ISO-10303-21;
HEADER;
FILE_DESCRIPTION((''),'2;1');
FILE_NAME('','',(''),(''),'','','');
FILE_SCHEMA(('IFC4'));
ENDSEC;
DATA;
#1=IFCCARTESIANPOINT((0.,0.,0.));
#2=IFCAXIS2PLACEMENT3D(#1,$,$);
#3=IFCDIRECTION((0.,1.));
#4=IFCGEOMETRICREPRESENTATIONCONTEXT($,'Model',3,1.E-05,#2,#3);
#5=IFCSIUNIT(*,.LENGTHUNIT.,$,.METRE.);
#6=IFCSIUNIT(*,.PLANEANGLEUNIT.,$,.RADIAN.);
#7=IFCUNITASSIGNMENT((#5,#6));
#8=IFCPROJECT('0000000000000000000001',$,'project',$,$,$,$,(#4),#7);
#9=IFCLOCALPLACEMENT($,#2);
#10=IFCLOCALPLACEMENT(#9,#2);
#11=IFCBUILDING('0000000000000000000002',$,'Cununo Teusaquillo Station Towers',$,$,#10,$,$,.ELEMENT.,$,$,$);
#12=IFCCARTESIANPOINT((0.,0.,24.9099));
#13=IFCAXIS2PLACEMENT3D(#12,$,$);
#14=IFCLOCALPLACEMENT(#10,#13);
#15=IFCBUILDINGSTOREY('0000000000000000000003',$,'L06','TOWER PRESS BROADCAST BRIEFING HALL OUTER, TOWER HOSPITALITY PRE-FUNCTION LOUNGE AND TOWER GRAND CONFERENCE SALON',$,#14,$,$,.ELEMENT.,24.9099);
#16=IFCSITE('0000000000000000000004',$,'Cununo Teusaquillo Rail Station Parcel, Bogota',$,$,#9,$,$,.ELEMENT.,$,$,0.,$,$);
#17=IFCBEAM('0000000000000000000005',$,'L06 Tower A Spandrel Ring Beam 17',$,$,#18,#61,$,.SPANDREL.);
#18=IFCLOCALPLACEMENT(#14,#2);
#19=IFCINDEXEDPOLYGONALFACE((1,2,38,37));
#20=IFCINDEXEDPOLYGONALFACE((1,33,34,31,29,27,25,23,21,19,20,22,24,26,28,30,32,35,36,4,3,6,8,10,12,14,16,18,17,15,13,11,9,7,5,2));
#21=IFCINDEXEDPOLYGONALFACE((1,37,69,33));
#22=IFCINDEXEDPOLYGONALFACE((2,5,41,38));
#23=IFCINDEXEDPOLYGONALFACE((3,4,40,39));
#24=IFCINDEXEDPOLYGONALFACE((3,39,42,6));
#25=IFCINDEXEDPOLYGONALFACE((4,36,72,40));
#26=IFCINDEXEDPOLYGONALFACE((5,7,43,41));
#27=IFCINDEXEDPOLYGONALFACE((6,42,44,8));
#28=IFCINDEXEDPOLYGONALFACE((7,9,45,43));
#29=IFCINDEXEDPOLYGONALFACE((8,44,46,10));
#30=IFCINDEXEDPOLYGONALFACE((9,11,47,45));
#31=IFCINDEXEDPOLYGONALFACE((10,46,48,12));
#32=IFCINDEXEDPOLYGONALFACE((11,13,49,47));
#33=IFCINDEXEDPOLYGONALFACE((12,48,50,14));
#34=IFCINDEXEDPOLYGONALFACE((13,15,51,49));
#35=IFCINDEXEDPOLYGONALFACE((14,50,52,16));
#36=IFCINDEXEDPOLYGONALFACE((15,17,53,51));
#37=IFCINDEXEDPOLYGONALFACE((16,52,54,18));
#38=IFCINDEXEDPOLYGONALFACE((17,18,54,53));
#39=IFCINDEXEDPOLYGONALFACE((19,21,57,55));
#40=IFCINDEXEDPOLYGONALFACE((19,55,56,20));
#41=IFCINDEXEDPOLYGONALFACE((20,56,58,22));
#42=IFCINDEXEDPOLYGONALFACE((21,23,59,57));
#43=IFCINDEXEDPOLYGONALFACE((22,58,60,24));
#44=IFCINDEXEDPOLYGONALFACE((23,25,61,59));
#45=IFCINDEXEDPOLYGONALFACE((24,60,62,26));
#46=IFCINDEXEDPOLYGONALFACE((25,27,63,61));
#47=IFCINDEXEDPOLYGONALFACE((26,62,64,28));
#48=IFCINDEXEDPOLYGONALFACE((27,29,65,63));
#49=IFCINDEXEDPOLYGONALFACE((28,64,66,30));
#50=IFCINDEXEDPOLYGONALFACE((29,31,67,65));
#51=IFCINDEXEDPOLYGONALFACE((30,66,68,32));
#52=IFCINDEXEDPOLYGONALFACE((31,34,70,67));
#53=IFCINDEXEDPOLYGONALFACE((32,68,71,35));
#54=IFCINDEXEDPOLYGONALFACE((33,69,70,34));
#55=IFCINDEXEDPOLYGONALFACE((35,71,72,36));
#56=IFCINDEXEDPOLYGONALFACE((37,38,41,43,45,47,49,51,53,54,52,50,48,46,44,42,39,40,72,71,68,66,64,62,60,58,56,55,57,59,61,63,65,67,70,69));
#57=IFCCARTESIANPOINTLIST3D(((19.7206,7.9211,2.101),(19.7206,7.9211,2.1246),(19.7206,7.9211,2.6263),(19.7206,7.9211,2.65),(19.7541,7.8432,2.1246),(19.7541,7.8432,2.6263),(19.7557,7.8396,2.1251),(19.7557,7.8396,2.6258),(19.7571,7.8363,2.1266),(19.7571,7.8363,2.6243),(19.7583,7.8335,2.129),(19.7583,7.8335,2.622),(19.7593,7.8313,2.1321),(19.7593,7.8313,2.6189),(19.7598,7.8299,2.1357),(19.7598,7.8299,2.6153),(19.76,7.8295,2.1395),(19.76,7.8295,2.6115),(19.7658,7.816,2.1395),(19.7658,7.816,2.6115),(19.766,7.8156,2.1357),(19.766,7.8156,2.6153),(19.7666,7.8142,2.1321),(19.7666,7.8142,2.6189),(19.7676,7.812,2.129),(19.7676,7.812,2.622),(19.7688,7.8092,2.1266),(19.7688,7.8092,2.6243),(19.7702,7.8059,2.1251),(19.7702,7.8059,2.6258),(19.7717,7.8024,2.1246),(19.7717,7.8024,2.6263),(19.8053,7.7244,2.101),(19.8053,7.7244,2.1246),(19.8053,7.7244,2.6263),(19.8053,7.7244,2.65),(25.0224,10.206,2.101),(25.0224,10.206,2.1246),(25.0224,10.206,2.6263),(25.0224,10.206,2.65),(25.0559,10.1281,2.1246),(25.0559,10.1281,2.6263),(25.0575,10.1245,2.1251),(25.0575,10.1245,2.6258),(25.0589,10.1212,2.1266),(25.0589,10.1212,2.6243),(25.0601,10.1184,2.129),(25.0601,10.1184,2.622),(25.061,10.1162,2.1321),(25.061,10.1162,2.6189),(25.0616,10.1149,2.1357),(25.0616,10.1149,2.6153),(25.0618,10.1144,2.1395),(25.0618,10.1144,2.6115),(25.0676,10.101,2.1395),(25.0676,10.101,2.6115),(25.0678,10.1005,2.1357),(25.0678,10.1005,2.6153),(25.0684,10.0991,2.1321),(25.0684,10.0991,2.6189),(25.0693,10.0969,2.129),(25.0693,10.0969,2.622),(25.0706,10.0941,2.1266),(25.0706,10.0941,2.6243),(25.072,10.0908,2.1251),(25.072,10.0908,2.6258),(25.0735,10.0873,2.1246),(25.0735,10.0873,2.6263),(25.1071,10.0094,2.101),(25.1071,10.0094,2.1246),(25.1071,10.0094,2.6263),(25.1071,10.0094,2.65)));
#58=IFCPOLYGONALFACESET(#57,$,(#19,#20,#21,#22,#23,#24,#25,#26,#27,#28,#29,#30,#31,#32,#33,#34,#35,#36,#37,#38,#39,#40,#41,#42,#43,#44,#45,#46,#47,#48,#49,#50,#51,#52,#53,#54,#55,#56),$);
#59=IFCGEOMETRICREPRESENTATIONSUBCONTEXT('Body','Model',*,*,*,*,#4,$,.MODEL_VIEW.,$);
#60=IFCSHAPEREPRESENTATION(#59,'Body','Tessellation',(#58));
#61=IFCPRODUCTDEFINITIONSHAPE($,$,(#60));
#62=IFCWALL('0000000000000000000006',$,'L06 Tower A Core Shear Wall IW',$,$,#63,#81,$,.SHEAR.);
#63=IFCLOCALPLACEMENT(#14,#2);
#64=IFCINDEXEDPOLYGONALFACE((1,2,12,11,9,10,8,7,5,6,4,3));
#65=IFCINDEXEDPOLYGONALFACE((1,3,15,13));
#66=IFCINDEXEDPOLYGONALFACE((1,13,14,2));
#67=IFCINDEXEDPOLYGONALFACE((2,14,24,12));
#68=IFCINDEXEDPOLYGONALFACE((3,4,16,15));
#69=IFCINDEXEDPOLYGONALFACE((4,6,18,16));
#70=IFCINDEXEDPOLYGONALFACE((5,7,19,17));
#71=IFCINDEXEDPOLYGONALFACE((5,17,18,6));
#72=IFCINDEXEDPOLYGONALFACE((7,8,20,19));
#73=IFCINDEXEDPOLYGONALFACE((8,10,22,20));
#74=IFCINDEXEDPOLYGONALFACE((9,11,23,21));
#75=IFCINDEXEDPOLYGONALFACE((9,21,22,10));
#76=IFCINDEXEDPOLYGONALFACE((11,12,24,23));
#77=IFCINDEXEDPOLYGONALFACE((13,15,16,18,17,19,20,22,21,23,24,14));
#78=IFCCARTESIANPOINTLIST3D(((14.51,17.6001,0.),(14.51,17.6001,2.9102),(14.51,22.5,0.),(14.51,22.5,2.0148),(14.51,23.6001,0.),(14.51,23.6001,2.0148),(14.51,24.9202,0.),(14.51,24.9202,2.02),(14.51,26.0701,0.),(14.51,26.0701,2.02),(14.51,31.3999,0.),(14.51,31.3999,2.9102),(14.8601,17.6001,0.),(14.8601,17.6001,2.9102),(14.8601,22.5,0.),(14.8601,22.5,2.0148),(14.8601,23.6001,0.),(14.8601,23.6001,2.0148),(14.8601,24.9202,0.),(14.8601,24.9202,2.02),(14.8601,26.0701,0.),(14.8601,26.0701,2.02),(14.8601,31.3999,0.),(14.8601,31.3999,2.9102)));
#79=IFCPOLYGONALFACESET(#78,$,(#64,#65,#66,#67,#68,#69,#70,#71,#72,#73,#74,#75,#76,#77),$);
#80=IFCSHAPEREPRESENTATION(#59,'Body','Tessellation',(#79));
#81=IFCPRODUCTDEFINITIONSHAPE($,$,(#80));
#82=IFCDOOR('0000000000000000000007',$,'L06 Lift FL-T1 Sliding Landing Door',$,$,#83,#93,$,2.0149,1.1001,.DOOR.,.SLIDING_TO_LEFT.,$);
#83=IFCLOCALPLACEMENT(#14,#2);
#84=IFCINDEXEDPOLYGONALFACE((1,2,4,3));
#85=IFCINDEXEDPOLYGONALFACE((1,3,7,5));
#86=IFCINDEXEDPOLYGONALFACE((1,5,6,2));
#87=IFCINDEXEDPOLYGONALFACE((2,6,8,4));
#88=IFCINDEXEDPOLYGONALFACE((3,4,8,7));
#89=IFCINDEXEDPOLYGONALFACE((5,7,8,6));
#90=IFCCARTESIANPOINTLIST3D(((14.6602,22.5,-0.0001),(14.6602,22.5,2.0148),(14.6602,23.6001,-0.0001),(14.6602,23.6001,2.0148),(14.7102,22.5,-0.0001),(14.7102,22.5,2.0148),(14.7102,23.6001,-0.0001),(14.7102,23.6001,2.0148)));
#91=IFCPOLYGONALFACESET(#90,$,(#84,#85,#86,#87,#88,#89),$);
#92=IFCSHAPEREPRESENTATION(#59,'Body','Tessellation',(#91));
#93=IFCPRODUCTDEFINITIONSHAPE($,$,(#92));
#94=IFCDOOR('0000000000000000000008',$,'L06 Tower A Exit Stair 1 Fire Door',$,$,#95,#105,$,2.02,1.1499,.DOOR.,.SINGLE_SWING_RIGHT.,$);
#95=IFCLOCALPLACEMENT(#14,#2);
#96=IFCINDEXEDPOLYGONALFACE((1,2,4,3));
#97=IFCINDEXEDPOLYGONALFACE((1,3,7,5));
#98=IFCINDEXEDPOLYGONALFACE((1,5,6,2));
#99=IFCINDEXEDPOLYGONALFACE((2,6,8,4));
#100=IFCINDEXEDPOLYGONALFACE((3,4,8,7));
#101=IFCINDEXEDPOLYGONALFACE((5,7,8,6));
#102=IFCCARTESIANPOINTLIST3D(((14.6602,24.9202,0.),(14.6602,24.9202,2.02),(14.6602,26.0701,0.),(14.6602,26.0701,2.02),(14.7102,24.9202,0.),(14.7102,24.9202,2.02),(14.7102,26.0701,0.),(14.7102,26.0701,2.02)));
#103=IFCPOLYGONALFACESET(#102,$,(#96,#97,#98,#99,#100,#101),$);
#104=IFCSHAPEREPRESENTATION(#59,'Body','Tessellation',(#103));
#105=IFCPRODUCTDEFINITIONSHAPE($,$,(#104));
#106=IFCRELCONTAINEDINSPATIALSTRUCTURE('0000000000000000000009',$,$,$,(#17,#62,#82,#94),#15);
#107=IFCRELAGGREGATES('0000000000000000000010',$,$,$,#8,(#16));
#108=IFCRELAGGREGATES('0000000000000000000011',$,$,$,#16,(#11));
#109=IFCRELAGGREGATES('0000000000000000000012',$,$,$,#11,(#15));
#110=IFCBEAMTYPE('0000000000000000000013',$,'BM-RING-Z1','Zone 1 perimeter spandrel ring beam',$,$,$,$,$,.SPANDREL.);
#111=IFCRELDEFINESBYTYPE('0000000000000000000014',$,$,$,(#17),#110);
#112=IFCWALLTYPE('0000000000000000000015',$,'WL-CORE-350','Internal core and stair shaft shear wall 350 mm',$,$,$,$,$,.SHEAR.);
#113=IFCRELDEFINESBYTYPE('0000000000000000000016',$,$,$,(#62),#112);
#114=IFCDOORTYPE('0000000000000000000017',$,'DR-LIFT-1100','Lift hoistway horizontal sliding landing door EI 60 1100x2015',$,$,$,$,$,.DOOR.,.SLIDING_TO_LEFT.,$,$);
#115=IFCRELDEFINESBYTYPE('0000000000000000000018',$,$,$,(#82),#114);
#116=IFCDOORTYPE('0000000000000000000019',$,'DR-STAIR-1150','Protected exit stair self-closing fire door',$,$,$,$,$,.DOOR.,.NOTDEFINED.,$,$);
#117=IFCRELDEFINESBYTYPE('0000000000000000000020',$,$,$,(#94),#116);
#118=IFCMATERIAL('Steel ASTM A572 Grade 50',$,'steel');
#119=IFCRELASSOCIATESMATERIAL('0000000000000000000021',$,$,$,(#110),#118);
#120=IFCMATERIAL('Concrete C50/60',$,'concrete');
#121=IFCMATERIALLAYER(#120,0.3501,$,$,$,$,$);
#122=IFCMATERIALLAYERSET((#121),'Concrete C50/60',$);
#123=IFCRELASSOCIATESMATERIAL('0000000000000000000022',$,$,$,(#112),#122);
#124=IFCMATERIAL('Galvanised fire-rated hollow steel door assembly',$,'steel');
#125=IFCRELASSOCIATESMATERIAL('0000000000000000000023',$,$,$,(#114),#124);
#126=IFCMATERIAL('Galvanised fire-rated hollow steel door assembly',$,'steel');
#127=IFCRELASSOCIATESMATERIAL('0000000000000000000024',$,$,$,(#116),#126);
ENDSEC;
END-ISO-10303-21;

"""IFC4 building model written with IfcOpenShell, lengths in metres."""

from ifc_helpers import new_model, si_unit, direction, frame, frame_2d, origin, origin_2d, place, context, subcontext, project, spatial, rectangle, i_section, extrude, source, transform, mapped, material, layer, layer_set, material_profile, profile_set, type_object, element, fill, save


model = new_model("IFC4")

# Units and contexts
model_context = context("Model", 3, precision=1e-05, world=origin(), true_north=direction((0.0, 1.0)))
body_context = subcontext(model_context, "Body", "Model", "MODEL_VIEW")
ifc_project = project(units=[si_unit("LENGTHUNIT", "METRE"), si_unit("PLANEANGLEUNIT", "RADIAN")], contexts=[model_context])

# Site, building, storey
site_placement = place(None, origin())
site = spatial("IfcSite", under=ifc_project, at=site_placement, Name="Cununo Teusaquillo Rail Station Parcel, Bogota", CompositionType="ELEMENT", RefElevation=0.0)
building_placement = place(site_placement, origin())
building = spatial("IfcBuilding", under=site, at=building_placement, Name="Cununo Teusaquillo Station Towers", CompositionType="ELEMENT")
storey_placement = place(building_placement, frame((0.0, 0.0, 24.9099)))
storey = spatial("IfcBuildingStorey", under=building, at=storey_placement, Name="L06", Description="TOWER PRESS BROADCAST BRIEFING HALL OUTER, TOWER HOSPITALITY PRE-FUNCTION LOUNGE AND TOWER GRAND CONFERENCE SALON", CompositionType="ELEMENT", Elevation=24.9099)

# Beam
ifc_material_1 = material(Name="Steel ASTM A572 Grade 50", Category="steel")
ifc_material_profile_1 = material_profile(ifc_material_1, i_section(OverallWidth=0.2141, OverallDepth=0.5491, WebThickness=0.0146, FlangeThickness=0.0237, FilletRadius=0.0149, at=origin_2d()), Name="W21X93")
ifc_profile_set_1 = profile_set([ifc_material_profile_1], Name="Steel ASTM A572 Grade 50")
beam_type = type_object("IfcBeamType", Name="BM-RING-Z1", Description="Zone 1 perimeter spandrel ring beam", PredefinedType="SPANDREL", material=ifc_profile_set_1)
beam_1_placement = place(storey_placement, frame((19.7629, 7.8228, 2.3755), z_axis=(0.918345, 0.395781, 0.0), x_axis=(-0.395781, 0.918345, 0.0)))
element("IfcBeam", 1, at=beam_1_placement, inside=storey, type_object=beam_type, Name="L06 Tower A Spandrel Ring Beam 17", PredefinedType="SPANDREL", context=body_context, shape_type="SweptSolid", body=[
    extrude(i_section(OverallWidth=0.2141, OverallDepth=0.5491, WebThickness=0.0146, FlangeThickness=0.0237, FilletRadius=0.0149, at=origin_2d()), origin(), (0.0, 0.0, 1.0), 5.7732),
])

# Wall, openings, doors
ifc_material_2 = material(Name="Concrete C50/60", Category="concrete")
ifc_layer_1 = layer(ifc_material_2, 0.3501)
ifc_layer_set_1 = layer_set([ifc_layer_1], Name="Concrete C50/60")
wall_type_1 = type_object("IfcWallType", Name="WL-CORE-350", Description="Internal core and stair shaft shear wall 350 mm", PredefinedType="SHEAR", material=ifc_layer_set_1)
wall_1_placement = place(storey_placement, frame((14.6851, 17.6001, 0.0), z_axis=(0.0, 0.0, 1.0), x_axis=(0.0, 1.0, 0.0)))
wall_1 = element("IfcWall", 2, at=wall_1_placement, inside=storey, type_object=wall_type_1, Name="L06 Tower A Core Shear Wall IW", PredefinedType="SHEAR", context=body_context, shape_type="SweptSolid", body=[
    extrude(rectangle(XDim=13.7998, YDim=0.3501, at=frame_2d((6.8999, 0.0))), origin(), (0.0, 0.0, 1.0), 2.9102),
])
shared_shape_1 = source(origin(), body_context, "Body", "SweptSolid", [
    extrude(rectangle(XDim=1.1001, YDim=2.0149, at=frame_2d((0.55, 1.0073))), frame((0.0, 0.1851, 0.0), z_axis=(0.0, -1.0, 0.0), x_axis=(1.0, 0.0, 0.0)), (0.0, 0.0, 1.0), 0.3701),
])
opening_1_placement = place(wall_1_placement, frame((4.8999, 0.0, 0.0)))
opening_1 = element("IfcOpeningElement", 3, at=opening_1_placement, cuts=wall_1, PredefinedType="OPENING", context=body_context, shape_type="MappedRepresentation", body=[
    mapped(shared_shape_1, transform((0.0, 0.0, 0.0), x_axis=(1.0, 0.0, 0.0), y_axis=(0.0, 1.0, 0.0), z_axis=(0.0, 0.0, 1.0), scale=1.0)),
])
shared_shape_2 = source(origin(), body_context, "Body", "SweptSolid", [
    extrude(rectangle(XDim=1.1499, YDim=2.02, at=frame_2d((0.575, 1.01))), frame((0.0, 0.1851, 0.0), z_axis=(0.0, -1.0, 0.0), x_axis=(1.0, 0.0, 0.0)), (0.0, 0.0, 1.0), 0.3701),
])
opening_2_placement = place(wall_1_placement, frame((7.3201, 0.0, 0.0)))
opening_2 = element("IfcOpeningElement", 4, at=opening_2_placement, cuts=wall_1, PredefinedType="OPENING", context=body_context, shape_type="MappedRepresentation", body=[
    mapped(shared_shape_2, transform((0.0, 0.0, 0.0), x_axis=(1.0, 0.0, 0.0), y_axis=(0.0, 1.0, 0.0), z_axis=(0.0, 0.0, 1.0), scale=1.0)),
])
ifc_material_3 = material(Name="Galvanised fire-rated hollow steel door assembly", Category="steel")
door_type_1 = type_object("IfcDoorType", Name="DR-LIFT-1100", Description="Lift hoistway horizontal sliding landing door EI 60 1100x2015", OperationType="SLIDING_TO_LEFT", PredefinedType="DOOR", material=ifc_material_3)
shared_shape_3 = source(origin(), body_context, "Body", "SweptSolid", [
    extrude(rectangle(XDim=1.1001, YDim=2.0149, at=frame_2d((0.55, 1.0073))), frame((0.0, 0.0249, 0.0), z_axis=(0.0, -1.0, 0.0), x_axis=(1.0, 0.0, 0.0)), (0.0, 0.0, 1.0), 0.05),
])
door_1_placement = place(opening_1_placement, origin())
door_1 = element("IfcDoor", 5, at=door_1_placement, inside=storey, type_object=door_type_1, Name="L06 Lift FL-T1 Sliding Landing Door", OperationType="SLIDING_TO_LEFT", OverallHeight=2.0149, OverallWidth=1.1001, PredefinedType="DOOR", context=body_context, shape_type="MappedRepresentation", body=[
    mapped(shared_shape_3, transform((0.0, 0.0, 0.0), x_axis=(1.0, 0.0, 0.0), y_axis=(0.0, 1.0, 0.0), z_axis=(0.0, 0.0, 1.0), scale=1.0)),
])
fill(opening_1, door_1)
ifc_material_4 = material(Name="Galvanised fire-rated hollow steel door assembly", Category="steel")
door_type_2 = type_object("IfcDoorType", Name="DR-STAIR-1150", Description="Protected exit stair self-closing fire door", OperationType="NOTDEFINED", PredefinedType="DOOR", material=ifc_material_4)
shared_shape_4 = source(origin(), body_context, "Body", "SweptSolid", [
    extrude(rectangle(XDim=1.1499, YDim=2.02, at=frame_2d((0.575, 1.01))), frame((0.0, 0.0249, 0.0), z_axis=(0.0, -1.0, 0.0), x_axis=(1.0, 0.0, 0.0)), (0.0, 0.0, 1.0), 0.05),
])
door_2_placement = place(opening_2_placement, origin())
door_2 = element("IfcDoor", 6, at=door_2_placement, inside=storey, type_object=door_type_2, Name="L06 Tower A Exit Stair 1 Fire Door", OperationType="SINGLE_SWING_RIGHT", OverallHeight=2.02, OverallWidth=1.1499, PredefinedType="DOOR", context=body_context, shape_type="MappedRepresentation", body=[
    mapped(shared_shape_4, transform((0.0, 0.0, 0.0), x_axis=(1.0, 0.0, 0.0), y_axis=(0.0, 1.0, 0.0), z_axis=(0.0, 0.0, 1.0), scale=1.0)),
])
fill(opening_2, door_2)

save(model, "model.ifc")
